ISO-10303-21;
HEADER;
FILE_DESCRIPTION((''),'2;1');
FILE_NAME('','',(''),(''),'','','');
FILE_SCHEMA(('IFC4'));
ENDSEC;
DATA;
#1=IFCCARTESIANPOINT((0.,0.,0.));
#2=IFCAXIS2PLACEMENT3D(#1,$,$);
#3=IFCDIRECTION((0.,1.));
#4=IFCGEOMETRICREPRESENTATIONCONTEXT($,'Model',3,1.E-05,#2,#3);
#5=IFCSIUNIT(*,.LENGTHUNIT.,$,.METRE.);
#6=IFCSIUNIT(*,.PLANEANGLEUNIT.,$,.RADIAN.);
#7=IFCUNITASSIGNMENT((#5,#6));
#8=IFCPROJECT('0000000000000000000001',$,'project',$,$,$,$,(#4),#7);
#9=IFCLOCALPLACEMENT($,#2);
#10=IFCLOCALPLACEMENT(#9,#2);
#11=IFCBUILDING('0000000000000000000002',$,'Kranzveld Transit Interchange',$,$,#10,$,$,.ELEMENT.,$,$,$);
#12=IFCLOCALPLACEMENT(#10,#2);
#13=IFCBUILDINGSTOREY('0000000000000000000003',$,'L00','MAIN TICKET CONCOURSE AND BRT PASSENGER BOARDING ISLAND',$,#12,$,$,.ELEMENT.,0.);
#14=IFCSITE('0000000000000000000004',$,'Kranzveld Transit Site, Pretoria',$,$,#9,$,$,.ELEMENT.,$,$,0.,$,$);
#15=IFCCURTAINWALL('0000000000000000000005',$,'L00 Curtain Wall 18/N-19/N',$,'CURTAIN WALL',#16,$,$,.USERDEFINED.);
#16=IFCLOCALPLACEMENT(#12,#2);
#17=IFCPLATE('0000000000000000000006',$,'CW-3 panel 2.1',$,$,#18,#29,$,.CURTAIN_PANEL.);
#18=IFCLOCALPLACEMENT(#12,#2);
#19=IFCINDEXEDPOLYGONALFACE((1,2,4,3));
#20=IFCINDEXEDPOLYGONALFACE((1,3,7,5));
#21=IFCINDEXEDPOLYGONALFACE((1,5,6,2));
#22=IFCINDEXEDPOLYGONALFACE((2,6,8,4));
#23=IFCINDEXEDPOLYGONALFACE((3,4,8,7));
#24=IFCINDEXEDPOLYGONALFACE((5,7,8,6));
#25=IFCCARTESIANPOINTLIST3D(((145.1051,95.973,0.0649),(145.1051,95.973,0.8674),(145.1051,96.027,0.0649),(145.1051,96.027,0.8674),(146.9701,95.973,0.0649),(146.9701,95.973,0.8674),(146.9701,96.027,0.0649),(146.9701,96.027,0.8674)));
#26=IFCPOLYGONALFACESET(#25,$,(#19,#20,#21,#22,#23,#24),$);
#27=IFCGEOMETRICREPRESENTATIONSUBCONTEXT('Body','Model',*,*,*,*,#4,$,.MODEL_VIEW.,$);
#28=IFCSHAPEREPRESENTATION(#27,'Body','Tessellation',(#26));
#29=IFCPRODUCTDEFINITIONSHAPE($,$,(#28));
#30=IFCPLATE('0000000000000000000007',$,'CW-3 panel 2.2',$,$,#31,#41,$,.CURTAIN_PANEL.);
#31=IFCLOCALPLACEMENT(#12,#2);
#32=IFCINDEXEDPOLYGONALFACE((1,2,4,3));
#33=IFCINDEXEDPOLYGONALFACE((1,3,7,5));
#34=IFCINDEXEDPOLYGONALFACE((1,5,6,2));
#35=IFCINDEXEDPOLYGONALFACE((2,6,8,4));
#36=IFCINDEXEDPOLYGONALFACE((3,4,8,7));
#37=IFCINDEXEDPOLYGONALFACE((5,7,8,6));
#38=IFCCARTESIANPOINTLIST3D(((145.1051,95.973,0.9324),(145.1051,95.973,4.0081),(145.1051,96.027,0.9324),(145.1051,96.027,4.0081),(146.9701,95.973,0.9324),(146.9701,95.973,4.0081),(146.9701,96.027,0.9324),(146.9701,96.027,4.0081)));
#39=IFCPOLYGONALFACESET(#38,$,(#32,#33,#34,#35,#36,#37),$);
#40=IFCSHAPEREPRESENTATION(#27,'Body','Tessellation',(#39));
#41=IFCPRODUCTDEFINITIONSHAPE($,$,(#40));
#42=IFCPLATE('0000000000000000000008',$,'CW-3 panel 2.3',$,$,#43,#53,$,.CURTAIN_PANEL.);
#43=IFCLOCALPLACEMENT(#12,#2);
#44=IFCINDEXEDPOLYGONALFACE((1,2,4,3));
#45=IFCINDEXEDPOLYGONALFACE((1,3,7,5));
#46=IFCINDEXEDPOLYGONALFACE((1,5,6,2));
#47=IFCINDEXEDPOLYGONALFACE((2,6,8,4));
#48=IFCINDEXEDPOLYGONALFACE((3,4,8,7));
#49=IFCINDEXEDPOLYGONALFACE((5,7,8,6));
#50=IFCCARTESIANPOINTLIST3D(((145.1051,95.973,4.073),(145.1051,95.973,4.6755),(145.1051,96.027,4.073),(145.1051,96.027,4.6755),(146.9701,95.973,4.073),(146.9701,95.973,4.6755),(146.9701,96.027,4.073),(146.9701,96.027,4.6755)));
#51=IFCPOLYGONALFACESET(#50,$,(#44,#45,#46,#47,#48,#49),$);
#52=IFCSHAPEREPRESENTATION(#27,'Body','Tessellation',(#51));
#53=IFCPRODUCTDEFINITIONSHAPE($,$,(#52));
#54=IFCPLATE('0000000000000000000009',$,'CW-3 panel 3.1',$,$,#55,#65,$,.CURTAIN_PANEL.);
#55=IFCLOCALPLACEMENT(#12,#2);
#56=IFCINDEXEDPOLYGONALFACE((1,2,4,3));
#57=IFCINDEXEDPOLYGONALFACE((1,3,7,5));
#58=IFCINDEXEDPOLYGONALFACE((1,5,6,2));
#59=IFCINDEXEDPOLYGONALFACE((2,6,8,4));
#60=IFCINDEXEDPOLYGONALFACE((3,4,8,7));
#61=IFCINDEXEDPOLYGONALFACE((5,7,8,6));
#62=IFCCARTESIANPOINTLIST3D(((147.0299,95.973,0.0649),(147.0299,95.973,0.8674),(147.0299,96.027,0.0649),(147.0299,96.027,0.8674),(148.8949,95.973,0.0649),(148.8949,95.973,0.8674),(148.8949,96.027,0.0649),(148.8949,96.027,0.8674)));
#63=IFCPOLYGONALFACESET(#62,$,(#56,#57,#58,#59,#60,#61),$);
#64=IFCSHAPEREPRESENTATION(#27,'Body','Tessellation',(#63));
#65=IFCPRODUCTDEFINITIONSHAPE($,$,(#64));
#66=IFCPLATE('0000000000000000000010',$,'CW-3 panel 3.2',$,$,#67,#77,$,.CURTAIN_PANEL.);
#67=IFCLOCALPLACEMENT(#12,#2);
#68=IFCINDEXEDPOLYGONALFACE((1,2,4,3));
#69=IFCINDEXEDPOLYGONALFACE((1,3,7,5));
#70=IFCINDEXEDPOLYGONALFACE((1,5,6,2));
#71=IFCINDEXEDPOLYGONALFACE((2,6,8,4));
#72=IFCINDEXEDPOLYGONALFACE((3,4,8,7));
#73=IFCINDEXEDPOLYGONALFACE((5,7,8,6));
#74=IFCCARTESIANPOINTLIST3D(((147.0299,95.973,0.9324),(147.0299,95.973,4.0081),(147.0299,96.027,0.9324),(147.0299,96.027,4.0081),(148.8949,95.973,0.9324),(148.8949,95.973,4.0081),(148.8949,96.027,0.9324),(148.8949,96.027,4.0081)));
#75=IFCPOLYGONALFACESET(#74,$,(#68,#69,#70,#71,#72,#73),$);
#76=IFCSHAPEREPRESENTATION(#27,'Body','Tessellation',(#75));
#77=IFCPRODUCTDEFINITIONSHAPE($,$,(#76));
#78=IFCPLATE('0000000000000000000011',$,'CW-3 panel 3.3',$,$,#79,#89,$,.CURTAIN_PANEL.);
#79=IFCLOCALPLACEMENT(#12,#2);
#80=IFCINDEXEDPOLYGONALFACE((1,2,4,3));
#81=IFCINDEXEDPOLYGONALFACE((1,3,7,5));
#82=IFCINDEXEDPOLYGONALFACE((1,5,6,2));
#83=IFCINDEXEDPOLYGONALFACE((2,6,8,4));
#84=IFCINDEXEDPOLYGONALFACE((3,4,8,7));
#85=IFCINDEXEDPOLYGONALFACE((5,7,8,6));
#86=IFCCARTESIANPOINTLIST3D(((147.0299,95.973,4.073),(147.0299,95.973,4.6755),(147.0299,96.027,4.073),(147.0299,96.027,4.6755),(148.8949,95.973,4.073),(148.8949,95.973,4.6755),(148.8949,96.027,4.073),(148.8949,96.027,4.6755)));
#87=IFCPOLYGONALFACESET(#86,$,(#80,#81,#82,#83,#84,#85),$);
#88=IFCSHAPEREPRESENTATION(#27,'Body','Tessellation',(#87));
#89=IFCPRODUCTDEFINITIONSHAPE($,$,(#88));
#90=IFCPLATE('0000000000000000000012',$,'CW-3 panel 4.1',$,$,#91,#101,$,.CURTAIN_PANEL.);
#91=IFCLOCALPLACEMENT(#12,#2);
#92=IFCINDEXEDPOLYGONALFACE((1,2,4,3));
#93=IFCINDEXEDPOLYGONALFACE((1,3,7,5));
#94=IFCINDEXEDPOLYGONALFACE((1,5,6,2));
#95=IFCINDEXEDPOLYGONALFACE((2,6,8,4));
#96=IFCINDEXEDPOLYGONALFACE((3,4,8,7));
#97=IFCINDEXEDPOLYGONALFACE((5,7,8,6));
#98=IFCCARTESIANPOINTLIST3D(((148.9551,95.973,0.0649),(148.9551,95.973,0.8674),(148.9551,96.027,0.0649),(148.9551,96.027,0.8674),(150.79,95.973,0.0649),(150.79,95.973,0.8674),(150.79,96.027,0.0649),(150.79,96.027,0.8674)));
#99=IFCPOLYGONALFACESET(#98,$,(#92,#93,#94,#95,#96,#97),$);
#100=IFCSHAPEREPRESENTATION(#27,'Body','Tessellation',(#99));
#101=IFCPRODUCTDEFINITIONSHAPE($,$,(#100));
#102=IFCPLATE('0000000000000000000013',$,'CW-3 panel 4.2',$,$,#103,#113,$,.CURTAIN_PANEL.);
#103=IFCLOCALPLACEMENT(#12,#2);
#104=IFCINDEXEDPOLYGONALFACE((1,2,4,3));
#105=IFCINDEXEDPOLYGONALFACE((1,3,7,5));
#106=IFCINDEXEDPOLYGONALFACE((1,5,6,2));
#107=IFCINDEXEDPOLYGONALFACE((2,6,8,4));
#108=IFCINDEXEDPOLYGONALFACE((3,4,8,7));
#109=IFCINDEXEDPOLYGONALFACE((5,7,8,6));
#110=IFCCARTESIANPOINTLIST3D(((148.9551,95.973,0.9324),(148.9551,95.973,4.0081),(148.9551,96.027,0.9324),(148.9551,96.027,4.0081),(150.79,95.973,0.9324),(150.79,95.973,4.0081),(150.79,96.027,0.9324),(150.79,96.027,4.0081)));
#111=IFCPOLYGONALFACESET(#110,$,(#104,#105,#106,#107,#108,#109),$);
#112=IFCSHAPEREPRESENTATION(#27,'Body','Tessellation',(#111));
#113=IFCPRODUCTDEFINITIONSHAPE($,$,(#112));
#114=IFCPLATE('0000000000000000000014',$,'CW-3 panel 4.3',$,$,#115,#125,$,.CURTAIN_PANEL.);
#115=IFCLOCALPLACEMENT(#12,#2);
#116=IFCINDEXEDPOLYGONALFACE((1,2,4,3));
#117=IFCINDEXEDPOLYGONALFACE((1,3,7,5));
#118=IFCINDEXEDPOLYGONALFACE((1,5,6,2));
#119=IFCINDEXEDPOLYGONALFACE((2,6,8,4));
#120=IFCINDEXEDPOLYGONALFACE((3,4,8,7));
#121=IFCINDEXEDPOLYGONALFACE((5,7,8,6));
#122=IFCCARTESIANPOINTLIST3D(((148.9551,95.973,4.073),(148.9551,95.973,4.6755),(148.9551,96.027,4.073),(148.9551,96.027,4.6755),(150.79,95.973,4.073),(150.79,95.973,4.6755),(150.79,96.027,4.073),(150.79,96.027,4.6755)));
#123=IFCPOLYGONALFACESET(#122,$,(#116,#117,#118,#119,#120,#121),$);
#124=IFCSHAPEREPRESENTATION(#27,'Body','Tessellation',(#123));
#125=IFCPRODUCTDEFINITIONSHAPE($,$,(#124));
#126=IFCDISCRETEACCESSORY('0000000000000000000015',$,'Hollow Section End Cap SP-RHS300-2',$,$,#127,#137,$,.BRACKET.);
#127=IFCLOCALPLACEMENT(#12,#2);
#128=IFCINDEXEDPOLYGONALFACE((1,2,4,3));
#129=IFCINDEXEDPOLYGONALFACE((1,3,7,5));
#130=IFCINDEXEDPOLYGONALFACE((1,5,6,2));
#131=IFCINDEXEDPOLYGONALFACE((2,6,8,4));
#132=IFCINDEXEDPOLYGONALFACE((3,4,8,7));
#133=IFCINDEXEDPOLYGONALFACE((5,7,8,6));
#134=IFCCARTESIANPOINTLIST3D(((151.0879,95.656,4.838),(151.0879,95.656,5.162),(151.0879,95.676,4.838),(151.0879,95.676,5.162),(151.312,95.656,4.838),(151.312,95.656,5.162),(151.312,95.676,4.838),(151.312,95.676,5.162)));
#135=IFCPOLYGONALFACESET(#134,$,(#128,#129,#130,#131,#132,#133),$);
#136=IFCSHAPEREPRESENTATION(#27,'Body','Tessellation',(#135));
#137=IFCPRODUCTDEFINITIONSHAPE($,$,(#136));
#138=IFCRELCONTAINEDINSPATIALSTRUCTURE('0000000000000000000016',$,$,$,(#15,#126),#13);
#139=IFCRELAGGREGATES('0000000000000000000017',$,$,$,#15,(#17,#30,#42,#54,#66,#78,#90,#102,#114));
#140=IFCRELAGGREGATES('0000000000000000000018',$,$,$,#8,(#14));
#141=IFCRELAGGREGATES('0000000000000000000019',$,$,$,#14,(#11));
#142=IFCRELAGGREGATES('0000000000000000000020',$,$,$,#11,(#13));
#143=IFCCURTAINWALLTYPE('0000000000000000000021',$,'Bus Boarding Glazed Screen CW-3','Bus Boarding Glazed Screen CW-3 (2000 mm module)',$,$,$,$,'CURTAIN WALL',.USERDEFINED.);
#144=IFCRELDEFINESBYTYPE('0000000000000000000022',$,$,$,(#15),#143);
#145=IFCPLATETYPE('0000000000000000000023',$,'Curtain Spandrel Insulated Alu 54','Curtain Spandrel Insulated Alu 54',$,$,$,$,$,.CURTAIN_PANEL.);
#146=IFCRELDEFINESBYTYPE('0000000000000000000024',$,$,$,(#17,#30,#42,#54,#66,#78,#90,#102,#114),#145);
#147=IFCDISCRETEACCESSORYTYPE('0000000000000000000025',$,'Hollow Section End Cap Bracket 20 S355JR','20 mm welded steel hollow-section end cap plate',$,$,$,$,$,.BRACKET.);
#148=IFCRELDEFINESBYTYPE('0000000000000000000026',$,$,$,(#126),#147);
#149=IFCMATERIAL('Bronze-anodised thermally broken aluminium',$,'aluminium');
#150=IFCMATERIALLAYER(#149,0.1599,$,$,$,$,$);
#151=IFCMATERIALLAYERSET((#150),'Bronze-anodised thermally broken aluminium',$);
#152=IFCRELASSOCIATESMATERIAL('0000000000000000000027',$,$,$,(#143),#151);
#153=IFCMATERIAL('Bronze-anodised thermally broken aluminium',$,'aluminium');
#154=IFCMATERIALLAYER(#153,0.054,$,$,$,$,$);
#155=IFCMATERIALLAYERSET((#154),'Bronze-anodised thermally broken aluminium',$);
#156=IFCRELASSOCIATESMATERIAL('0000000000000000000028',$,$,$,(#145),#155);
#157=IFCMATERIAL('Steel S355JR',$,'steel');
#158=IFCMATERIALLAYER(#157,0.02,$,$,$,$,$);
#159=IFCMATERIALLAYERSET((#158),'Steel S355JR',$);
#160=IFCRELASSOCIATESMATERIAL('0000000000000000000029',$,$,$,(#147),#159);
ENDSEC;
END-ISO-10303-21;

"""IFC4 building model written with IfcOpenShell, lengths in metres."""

from ifc_helpers import new_model, si_unit, direction, frame, origin, origin_2d, place, context, subcontext, project, spatial, rectangle, extrude, material, layer, layer_set, type_object, element, aggregate, save


model = new_model("IFC4")

# Units and contexts
model_context = context("Model", 3, precision=1e-05, world=origin(), true_north=direction((0.0, 1.0)))
body_context = subcontext(model_context, "Body", "Model", "MODEL_VIEW")
ifc_project = project(units=[si_unit("LENGTHUNIT", "METRE"), si_unit("PLANEANGLEUNIT", "RADIAN")], contexts=[model_context])

# Site, building, storey
site_placement = place(None, origin())
site = spatial("IfcSite", under=ifc_project, at=site_placement, Name="Kranzveld Transit Site, Pretoria", CompositionType="ELEMENT", RefElevation=0.0)
building_placement = place(site_placement, origin())
building = spatial("IfcBuilding", under=site, at=building_placement, Name="Kranzveld Transit Interchange", CompositionType="ELEMENT")
storey_placement = place(building_placement, origin())
storey = spatial("IfcBuildingStorey", under=building, at=storey_placement, Name="L00", Description="MAIN TICKET CONCOURSE AND BRT PASSENGER BOARDING ISLAND", CompositionType="ELEMENT", Elevation=0.0)

# Curtain wall
ifc_material_1 = material(Name="Bronze-anodised thermally broken aluminium", Category="aluminium")
ifc_layer_1 = layer(ifc_material_1, 0.1599)
ifc_layer_set_1 = layer_set([ifc_layer_1], Name="Bronze-anodised thermally broken aluminium")
curtain_wall_type_1 = type_object("IfcCurtainWallType", Name="Bus Boarding Glazed Screen CW-3", Description="Bus Boarding Glazed Screen CW-3 (2000 mm module)", ElementType="CURTAIN WALL", PredefinedType="USERDEFINED", material=ifc_layer_set_1)
curtain_wall_1_placement = place(storey_placement, origin())
curtain_wall_1 = element("IfcCurtainWall", 1, at=curtain_wall_1_placement, inside=storey, type_object=curtain_wall_type_1, Name="L00 Curtain Wall 18/N-19/N", ObjectType="CURTAIN WALL", PredefinedType="USERDEFINED")

# Plates
ifc_material_2 = material(Name="Bronze-anodised thermally broken aluminium", Category="aluminium")
ifc_layer_2 = layer(ifc_material_2, 0.054)
ifc_layer_set_2 = layer_set([ifc_layer_2], Name="Bronze-anodised thermally broken aluminium")
plate_type_1 = type_object("IfcPlateType", Name="Curtain Spandrel Insulated Alu 54", Description="Curtain Spandrel Insulated Alu 54", PredefinedType="CURTAIN_PANEL", material=ifc_layer_set_2)
plate_1_placement = place(storey_placement, frame((146.0376, 96.0, 0.0649), z_axis=(0.0, 0.0, 1.0), x_axis=(1.0, 0.0, 0.0)))
plate_1 = element("IfcPlate", 2, at=plate_1_placement, type_object=plate_type_1, Name="CW-3 panel 2.1", PredefinedType="CURTAIN_PANEL", context=body_context, shape_type="SweptSolid", body=[
    extrude(rectangle(XDim=1.865, YDim=0.054, at=origin_2d()), origin(), (0.0, 0.0, 1.0), 0.8025),
])
plate_2_placement = place(storey_placement, frame((146.0376, 96.0, 0.9324), z_axis=(0.0, 0.0, 1.0), x_axis=(1.0, 0.0, 0.0)))
plate_2 = element("IfcPlate", 3, at=plate_2_placement, type_object=plate_type_1, Name="CW-3 panel 2.2", PredefinedType="CURTAIN_PANEL", context=body_context, shape_type="SweptSolid", body=[
    extrude(rectangle(XDim=1.865, YDim=0.054, at=origin_2d()), origin(), (0.0, 0.0, 1.0), 3.0757),
])
plate_3_placement = place(storey_placement, frame((146.0376, 96.0, 4.073), z_axis=(0.0, 0.0, 1.0), x_axis=(1.0, 0.0, 0.0)))
plate_3 = element("IfcPlate", 4, at=plate_3_placement, type_object=plate_type_1, Name="CW-3 panel 2.3", PredefinedType="CURTAIN_PANEL", context=body_context, shape_type="SweptSolid", body=[
    extrude(rectangle(XDim=1.865, YDim=0.054, at=origin_2d()), origin(), (0.0, 0.0, 1.0), 0.6025),
])
plate_4_placement = place(storey_placement, frame((147.9624, 96.0, 0.0649), z_axis=(0.0, 0.0, 1.0), x_axis=(1.0, 0.0, 0.0)))
plate_4 = element("IfcPlate", 5, at=plate_4_placement, type_object=plate_type_1, Name="CW-3 panel 3.1", PredefinedType="CURTAIN_PANEL", context=body_context, shape_type="SweptSolid", body=[
    extrude(rectangle(XDim=1.865, YDim=0.054, at=origin_2d()), origin(), (0.0, 0.0, 1.0), 0.8025),
])
plate_5_placement = place(storey_placement, frame((147.9624, 96.0, 0.9324), z_axis=(0.0, 0.0, 1.0), x_axis=(1.0, 0.0, 0.0)))
plate_5 = element("IfcPlate", 6, at=plate_5_placement, type_object=plate_type_1, Name="CW-3 panel 3.2", PredefinedType="CURTAIN_PANEL", context=body_context, shape_type="SweptSolid", body=[
    extrude(rectangle(XDim=1.865, YDim=0.054, at=origin_2d()), origin(), (0.0, 0.0, 1.0), 3.0757),
])
plate_6_placement = place(storey_placement, frame((147.9624, 96.0, 4.073), z_axis=(0.0, 0.0, 1.0), x_axis=(1.0, 0.0, 0.0)))
plate_6 = element("IfcPlate", 7, at=plate_6_placement, type_object=plate_type_1, Name="CW-3 panel 3.3", PredefinedType="CURTAIN_PANEL", context=body_context, shape_type="SweptSolid", body=[
    extrude(rectangle(XDim=1.865, YDim=0.054, at=origin_2d()), origin(), (0.0, 0.0, 1.0), 0.6025),
])
plate_7_placement = place(storey_placement, frame((149.8726, 96.0, 0.0649), z_axis=(0.0, 0.0, 1.0), x_axis=(1.0, 0.0, 0.0)))
plate_7 = element("IfcPlate", 8, at=plate_7_placement, type_object=plate_type_1, Name="CW-3 panel 4.1", PredefinedType="CURTAIN_PANEL", context=body_context, shape_type="SweptSolid", body=[
    extrude(rectangle(XDim=1.835, YDim=0.054, at=origin_2d()), origin(), (0.0, 0.0, 1.0), 0.8025),
])
plate_8_placement = place(storey_placement, frame((149.8726, 96.0, 0.9324), z_axis=(0.0, 0.0, 1.0), x_axis=(1.0, 0.0, 0.0)))
plate_8 = element("IfcPlate", 9, at=plate_8_placement, type_object=plate_type_1, Name="CW-3 panel 4.2", PredefinedType="CURTAIN_PANEL", context=body_context, shape_type="SweptSolid", body=[
    extrude(rectangle(XDim=1.835, YDim=0.054, at=origin_2d()), origin(), (0.0, 0.0, 1.0), 3.0757),
])
plate_9_placement = place(storey_placement, frame((149.8726, 96.0, 4.073), z_axis=(0.0, 0.0, 1.0), x_axis=(1.0, 0.0, 0.0)))
plate_9 = element("IfcPlate", 10, at=plate_9_placement, type_object=plate_type_1, Name="CW-3 panel 4.3", PredefinedType="CURTAIN_PANEL", context=body_context, shape_type="SweptSolid", body=[
    extrude(rectangle(XDim=1.835, YDim=0.054, at=origin_2d()), origin(), (0.0, 0.0, 1.0), 0.6025),
])
aggregate(curtain_wall_1, [plate_1, plate_2, plate_3, plate_4, plate_5, plate_6, plate_7, plate_8, plate_9])

# Discrete accessory
ifc_material_3 = material(Name="Steel S355JR", Category="steel")
ifc_layer_3 = layer(ifc_material_3, 0.02)
ifc_layer_set_3 = layer_set([ifc_layer_3], Name="Steel S355JR")
discrete_accessory_type = type_object("IfcDiscreteAccessoryType", Name="Hollow Section End Cap Bracket 20 S355JR", Description="20 mm welded steel hollow-section end cap plate", PredefinedType="BRACKET", material=ifc_layer_set_3)
discrete_accessory_placement = place(storey_placement, frame((151.2, 95.656, 5.0), z_axis=(0.0, 1.0, 0.0), x_axis=(-1.0, 0.0, 0.0)))
element("IfcDiscreteAccessory", 11, at=discrete_accessory_placement, inside=storey, type_object=discrete_accessory_type, Name="Hollow Section End Cap SP-RHS300-2", PredefinedType="BRACKET", context=body_context, shape_type="SweptSolid", body=[
    extrude(rectangle(XDim=0.2241, YDim=0.324, at=origin_2d()), origin(), (0.0, 0.0, 1.0), 0.02),
])

save(model, "model.ifc")
